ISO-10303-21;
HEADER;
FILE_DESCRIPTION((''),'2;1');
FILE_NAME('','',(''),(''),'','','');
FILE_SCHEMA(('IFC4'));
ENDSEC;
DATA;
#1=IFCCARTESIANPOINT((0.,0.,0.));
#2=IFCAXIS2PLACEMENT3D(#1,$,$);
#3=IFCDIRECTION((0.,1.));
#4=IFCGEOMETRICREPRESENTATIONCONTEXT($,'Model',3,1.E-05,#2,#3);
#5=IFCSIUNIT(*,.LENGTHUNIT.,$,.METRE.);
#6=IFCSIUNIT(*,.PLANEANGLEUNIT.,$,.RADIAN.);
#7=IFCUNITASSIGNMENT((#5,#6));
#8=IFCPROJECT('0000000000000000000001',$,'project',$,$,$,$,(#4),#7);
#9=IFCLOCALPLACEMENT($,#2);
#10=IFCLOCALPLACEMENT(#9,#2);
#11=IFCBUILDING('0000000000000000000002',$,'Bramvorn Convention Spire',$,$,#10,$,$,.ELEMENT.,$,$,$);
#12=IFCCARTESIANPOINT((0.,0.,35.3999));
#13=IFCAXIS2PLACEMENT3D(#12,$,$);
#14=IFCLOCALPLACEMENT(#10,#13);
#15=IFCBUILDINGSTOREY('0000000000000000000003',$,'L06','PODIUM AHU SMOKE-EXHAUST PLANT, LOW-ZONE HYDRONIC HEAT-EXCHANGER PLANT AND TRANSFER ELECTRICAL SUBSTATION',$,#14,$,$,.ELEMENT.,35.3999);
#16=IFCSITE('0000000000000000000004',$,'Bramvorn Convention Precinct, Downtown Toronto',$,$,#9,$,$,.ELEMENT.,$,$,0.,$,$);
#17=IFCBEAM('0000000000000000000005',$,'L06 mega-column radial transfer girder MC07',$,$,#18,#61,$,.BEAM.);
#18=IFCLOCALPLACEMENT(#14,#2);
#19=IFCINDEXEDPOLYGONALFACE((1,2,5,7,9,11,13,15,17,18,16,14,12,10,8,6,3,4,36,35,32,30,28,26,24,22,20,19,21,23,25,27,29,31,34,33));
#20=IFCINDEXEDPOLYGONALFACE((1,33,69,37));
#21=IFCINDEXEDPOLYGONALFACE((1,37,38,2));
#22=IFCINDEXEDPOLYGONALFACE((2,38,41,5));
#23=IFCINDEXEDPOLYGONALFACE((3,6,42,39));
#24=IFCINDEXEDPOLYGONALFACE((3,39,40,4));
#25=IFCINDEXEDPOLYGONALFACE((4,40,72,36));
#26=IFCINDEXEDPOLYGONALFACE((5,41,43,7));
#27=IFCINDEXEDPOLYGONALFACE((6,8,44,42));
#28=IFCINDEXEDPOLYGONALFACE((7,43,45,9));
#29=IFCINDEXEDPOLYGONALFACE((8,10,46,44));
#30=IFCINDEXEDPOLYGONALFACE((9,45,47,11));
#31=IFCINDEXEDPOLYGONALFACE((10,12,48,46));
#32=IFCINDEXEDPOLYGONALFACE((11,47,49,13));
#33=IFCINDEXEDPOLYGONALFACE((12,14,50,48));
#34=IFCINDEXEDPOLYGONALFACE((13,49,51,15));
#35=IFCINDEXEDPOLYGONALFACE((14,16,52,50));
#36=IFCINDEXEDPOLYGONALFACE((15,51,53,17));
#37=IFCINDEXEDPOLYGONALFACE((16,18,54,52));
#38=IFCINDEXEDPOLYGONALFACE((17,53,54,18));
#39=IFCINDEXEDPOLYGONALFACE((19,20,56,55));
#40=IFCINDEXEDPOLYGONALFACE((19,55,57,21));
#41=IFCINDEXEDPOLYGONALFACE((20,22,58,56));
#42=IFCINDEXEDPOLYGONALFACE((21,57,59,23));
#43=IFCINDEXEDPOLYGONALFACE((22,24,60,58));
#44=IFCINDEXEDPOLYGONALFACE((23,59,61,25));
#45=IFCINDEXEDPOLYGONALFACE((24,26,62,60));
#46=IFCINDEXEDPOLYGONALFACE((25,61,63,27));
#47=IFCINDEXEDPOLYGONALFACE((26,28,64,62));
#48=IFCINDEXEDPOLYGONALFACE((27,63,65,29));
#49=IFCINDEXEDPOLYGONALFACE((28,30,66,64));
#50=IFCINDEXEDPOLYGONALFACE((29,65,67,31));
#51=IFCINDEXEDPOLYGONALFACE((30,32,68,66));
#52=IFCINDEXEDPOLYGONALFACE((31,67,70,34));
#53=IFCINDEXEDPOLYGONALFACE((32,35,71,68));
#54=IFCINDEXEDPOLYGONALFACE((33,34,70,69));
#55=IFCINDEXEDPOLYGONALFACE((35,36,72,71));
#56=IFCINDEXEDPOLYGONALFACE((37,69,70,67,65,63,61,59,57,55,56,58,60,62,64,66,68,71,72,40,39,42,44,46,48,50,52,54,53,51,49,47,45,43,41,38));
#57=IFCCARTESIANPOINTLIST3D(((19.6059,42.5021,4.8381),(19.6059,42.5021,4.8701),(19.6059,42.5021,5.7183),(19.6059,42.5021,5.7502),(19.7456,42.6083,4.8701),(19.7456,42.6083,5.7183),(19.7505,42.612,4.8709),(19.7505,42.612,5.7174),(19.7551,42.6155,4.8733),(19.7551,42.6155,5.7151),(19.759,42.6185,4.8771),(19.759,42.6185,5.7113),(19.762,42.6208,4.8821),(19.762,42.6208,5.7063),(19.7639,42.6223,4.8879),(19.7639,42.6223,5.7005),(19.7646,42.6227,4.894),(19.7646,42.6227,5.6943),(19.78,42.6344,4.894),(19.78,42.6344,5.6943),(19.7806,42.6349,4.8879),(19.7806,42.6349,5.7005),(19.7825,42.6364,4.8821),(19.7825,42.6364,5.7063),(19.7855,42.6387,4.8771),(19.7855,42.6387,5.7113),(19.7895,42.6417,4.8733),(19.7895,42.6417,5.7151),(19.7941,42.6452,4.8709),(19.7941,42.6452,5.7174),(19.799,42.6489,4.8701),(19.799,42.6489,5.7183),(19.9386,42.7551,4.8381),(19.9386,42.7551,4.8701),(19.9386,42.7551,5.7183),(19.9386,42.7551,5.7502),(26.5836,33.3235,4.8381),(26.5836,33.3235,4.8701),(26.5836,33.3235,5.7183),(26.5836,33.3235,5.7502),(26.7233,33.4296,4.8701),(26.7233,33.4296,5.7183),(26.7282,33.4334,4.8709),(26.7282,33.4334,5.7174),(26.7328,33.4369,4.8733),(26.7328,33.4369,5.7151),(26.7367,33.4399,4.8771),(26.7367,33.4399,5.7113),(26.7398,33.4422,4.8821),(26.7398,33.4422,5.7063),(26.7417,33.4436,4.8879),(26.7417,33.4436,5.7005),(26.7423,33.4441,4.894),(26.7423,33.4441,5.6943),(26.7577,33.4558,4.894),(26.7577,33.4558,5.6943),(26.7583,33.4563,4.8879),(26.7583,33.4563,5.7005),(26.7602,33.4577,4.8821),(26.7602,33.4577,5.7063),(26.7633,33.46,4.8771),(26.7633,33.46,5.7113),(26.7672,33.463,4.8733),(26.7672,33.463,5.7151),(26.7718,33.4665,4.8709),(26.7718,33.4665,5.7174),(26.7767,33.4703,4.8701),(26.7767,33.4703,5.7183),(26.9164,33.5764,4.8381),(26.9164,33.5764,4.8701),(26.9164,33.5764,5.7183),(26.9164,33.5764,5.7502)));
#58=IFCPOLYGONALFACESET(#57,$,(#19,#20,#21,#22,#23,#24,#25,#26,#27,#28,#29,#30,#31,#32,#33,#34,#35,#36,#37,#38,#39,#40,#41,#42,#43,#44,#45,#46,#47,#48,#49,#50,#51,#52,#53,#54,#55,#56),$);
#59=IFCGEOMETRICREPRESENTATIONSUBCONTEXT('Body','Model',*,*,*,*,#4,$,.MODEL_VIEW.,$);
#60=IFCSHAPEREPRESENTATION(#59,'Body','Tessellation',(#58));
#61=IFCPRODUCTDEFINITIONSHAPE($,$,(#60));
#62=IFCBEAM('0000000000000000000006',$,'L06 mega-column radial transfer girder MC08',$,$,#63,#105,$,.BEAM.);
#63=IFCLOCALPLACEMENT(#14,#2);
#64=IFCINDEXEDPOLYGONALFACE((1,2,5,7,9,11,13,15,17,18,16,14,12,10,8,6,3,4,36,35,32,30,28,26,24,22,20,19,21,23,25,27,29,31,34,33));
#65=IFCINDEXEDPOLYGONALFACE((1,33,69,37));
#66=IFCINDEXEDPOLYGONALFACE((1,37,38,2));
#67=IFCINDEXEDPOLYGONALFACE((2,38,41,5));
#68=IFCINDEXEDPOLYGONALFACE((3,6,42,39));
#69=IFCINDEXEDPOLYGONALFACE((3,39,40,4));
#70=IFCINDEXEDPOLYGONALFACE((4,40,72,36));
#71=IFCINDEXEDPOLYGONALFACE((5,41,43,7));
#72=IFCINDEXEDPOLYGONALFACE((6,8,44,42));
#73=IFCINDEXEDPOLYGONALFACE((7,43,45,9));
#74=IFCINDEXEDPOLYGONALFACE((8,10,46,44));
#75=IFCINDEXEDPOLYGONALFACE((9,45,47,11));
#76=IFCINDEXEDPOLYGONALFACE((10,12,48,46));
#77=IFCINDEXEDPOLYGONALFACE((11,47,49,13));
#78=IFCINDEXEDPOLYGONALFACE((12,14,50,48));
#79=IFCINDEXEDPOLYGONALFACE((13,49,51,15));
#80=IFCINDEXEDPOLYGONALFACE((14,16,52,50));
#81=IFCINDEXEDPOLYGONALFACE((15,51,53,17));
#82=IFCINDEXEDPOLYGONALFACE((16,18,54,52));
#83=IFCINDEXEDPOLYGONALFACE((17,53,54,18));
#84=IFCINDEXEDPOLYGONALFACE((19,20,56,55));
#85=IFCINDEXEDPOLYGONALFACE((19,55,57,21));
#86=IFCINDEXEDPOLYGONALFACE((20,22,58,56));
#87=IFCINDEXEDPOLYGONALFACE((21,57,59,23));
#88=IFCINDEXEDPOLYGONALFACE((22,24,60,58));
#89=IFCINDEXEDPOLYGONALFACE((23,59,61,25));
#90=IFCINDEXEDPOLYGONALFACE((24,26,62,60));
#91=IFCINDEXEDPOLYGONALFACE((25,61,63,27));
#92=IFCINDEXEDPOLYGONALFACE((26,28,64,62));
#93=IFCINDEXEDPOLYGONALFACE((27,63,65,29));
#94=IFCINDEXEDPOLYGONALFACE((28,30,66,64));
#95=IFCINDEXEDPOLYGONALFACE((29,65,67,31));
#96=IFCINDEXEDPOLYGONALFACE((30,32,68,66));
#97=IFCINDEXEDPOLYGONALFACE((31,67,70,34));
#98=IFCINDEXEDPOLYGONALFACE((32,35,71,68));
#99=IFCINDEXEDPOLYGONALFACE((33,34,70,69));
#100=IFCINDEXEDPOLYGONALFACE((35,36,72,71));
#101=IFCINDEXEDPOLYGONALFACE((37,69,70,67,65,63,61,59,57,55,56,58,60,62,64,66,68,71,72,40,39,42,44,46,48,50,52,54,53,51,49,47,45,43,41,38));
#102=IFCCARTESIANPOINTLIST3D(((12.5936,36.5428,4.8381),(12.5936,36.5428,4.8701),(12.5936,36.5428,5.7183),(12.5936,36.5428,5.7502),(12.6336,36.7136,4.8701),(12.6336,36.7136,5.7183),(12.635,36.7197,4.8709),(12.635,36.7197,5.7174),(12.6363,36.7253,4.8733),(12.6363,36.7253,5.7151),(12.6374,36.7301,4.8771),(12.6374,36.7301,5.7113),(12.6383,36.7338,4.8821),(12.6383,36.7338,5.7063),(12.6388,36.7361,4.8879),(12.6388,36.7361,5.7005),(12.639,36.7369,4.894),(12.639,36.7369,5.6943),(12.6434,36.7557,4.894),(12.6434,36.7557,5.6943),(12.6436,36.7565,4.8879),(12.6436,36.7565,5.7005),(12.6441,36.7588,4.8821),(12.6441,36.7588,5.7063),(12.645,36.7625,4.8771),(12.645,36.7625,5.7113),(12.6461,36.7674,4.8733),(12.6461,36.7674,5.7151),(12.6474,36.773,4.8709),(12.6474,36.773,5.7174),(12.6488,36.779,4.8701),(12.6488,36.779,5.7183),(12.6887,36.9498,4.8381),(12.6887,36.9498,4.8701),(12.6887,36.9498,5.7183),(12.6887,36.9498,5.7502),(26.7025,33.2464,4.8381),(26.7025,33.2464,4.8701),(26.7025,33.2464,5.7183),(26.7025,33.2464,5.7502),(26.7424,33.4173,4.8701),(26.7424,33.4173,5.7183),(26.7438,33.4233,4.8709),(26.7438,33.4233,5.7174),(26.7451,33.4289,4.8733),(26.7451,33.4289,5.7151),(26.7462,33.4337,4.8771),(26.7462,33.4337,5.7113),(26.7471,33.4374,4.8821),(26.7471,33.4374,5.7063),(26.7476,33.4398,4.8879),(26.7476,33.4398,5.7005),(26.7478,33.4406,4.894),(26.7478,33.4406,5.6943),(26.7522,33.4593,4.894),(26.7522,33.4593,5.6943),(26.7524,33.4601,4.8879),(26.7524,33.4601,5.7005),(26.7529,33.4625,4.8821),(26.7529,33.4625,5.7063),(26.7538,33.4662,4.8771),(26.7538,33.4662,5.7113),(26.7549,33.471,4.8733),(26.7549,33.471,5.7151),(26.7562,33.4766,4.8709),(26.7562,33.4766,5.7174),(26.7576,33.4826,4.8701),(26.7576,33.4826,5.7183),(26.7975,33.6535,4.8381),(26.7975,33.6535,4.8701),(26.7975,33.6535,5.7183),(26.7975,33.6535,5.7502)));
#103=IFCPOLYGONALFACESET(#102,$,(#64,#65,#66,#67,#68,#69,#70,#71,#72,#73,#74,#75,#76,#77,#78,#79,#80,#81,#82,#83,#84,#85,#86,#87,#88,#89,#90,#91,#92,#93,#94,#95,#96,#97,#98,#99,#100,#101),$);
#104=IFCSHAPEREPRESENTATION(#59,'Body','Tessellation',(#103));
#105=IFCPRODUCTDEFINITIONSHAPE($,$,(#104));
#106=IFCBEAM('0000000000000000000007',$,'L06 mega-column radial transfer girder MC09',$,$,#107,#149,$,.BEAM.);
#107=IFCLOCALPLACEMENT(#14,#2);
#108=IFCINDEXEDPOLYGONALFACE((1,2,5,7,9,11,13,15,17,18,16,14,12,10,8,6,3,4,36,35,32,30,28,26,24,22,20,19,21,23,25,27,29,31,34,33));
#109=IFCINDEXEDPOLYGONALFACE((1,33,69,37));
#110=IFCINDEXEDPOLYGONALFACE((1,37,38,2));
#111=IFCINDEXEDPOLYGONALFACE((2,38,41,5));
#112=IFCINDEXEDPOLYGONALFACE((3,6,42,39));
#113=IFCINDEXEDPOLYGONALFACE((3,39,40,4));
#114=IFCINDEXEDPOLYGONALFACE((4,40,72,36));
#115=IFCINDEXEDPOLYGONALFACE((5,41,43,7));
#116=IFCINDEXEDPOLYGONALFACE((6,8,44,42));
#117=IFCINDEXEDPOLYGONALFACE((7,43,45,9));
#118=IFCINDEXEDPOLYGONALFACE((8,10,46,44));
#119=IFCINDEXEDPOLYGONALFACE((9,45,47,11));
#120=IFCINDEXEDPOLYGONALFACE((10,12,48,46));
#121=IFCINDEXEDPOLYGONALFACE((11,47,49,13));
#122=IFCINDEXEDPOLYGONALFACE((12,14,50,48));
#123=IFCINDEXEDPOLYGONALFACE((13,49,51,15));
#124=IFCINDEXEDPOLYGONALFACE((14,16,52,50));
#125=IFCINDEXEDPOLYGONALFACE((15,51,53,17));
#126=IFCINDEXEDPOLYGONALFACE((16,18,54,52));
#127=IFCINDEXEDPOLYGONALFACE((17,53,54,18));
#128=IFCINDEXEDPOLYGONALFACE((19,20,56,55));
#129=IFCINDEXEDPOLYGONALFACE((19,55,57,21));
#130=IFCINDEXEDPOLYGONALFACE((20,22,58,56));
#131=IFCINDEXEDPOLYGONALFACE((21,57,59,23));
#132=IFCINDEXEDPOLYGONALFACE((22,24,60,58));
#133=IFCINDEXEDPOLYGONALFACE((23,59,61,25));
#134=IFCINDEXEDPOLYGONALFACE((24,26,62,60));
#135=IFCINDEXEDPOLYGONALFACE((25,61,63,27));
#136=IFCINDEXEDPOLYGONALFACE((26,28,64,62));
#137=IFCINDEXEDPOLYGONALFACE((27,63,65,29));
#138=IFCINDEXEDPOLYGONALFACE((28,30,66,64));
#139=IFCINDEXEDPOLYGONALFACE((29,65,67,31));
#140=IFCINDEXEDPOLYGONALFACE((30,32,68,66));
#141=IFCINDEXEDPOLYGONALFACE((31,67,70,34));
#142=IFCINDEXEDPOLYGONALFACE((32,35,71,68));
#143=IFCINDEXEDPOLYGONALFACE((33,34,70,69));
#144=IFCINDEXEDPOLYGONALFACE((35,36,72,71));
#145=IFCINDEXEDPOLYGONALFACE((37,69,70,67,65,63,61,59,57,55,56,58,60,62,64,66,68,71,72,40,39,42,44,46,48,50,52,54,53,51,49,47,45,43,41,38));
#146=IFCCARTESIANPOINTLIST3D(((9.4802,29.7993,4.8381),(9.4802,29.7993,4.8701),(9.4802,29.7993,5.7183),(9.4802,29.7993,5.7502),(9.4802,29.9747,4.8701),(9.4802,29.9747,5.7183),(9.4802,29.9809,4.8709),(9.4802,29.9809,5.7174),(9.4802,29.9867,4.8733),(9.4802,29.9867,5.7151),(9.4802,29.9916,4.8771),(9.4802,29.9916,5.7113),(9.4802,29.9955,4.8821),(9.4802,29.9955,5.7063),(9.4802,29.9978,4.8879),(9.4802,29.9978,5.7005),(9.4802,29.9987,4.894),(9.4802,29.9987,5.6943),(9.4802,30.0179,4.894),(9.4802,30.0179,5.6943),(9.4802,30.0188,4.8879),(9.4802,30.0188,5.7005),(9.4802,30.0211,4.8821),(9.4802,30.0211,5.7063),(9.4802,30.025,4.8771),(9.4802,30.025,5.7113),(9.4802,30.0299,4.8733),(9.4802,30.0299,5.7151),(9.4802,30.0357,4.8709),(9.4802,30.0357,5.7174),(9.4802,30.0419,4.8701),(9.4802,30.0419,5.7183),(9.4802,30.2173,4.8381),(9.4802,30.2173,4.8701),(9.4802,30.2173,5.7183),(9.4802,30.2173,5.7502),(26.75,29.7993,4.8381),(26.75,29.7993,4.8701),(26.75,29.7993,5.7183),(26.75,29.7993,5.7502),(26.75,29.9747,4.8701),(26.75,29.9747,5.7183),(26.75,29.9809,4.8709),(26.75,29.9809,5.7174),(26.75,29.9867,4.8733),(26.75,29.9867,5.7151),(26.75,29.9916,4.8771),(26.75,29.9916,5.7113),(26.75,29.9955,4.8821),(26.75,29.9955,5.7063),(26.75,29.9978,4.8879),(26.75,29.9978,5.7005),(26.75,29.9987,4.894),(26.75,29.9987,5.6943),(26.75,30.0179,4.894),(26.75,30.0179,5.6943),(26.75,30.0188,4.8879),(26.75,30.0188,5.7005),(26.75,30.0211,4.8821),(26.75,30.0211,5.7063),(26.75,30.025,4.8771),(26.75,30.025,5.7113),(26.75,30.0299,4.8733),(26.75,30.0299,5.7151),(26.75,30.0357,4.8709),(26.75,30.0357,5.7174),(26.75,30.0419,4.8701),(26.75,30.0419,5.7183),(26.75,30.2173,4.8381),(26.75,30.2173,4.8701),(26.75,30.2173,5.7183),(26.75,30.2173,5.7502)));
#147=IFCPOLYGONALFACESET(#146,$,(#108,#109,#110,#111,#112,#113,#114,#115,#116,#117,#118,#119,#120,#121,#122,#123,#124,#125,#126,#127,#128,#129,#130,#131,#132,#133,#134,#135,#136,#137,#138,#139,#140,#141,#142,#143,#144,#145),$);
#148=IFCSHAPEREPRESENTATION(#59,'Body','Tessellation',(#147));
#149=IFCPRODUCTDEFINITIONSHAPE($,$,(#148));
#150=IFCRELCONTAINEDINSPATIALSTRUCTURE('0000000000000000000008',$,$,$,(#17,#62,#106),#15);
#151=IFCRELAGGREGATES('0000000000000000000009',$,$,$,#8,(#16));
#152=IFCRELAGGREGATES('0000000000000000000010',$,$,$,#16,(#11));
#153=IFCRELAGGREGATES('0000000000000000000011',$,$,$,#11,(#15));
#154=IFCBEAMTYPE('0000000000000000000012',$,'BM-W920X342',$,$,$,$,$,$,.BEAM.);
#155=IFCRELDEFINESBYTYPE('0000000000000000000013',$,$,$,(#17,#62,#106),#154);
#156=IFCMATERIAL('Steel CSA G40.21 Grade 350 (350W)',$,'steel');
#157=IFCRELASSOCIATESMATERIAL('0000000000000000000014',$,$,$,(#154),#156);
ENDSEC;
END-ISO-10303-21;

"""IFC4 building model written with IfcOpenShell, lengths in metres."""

from ifc_helpers import new_model, si_unit, direction, frame, origin, origin_2d, place, context, subcontext, project, spatial, i_section, extrude, material, material_profile, profile_set, type_object, element, save


model = new_model("IFC4")

# Units and contexts
model_context = context("Model", 3, precision=1e-05, world=origin(), true_north=direction((0.0, 1.0)))
body_context = subcontext(model_context, "Body", "Model", "MODEL_VIEW")
ifc_project = project(units=[si_unit("LENGTHUNIT", "METRE"), si_unit("PLANEANGLEUNIT", "RADIAN")], contexts=[model_context])

# Site, building, storey
site_placement = place(None, origin())
site = spatial("IfcSite", under=ifc_project, at=site_placement, Name="Bramvorn Convention Precinct, Downtown Toronto", CompositionType="ELEMENT", RefElevation=0.0)
building_placement = place(site_placement, origin())
building = spatial("IfcBuilding", under=site, at=building_placement, Name="Bramvorn Convention Spire", CompositionType="ELEMENT")
storey_placement = place(building_placement, frame((0.0, 0.0, 35.3999)))
storey = spatial("IfcBuildingStorey", under=building, at=storey_placement, Name="L06", Description="PODIUM AHU SMOKE-EXHAUST PLANT, LOW-ZONE HYDRONIC HEAT-EXCHANGER PLANT AND TRANSFER ELECTRICAL SUBSTATION", CompositionType="ELEMENT", Elevation=35.3999)

# Beams
ifc_material_1 = material(Name="Steel CSA G40.21 Grade 350 (350W)", Category="steel")
ifc_material_profile_1 = material_profile(ifc_material_1, i_section(OverallWidth=0.418, OverallDepth=0.9121, WebThickness=0.0193, FlangeThickness=0.032, FilletRadius=0.0239, at=origin_2d()))
ifc_profile_set_1 = profile_set([ifc_material_profile_1], Name="Steel CSA G40.21 Grade 350 (350W) - W920X342")
beam_type = type_object("IfcBeamType", Name="BM-W920X342", PredefinedType="BEAM", material=ifc_profile_set_1)
beam_1_placement = place(storey_placement, frame((26.75, 33.45, 5.2942), z_axis=(-0.605191, 0.79608, 0.0), x_axis=(-0.79608, -0.605191, 0.0)))
element("IfcBeam", 1, at=beam_1_placement, inside=storey, type_object=beam_type, Name="L06 mega-column radial transfer girder MC07", PredefinedType="BEAM", context=body_context, shape_type="SweptSolid", body=[
    extrude(i_section(OverallWidth=0.418, OverallDepth=0.9121, WebThickness=0.0193, FlangeThickness=0.032, FilletRadius=0.0239, at=origin_2d()), origin(), (0.0, 0.0, 1.0), 11.5298),
])
beam_2_placement = place(storey_placement, frame((26.75, 33.45, 5.2942), z_axis=(-0.973775, 0.227512, 0.0), x_axis=(-0.227512, -0.973775, 0.0)))
element("IfcBeam", 2, at=beam_2_placement, inside=storey, type_object=beam_type, Name="L06 mega-column radial transfer girder MC08", PredefinedType="BEAM", context=body_context, shape_type="SweptSolid", body=[
    extrude(i_section(OverallWidth=0.418, OverallDepth=0.9121, WebThickness=0.0193, FlangeThickness=0.032, FilletRadius=0.0239, at=origin_2d()), origin(), (0.0, 0.0, 1.0), 14.4888),
])
beam_3_placement = place(storey_placement, frame((26.75, 30.0083, 5.2942), z_axis=(-1.0, 0.0, 0.0), x_axis=(0.0, -1.0, 0.0)))
element("IfcBeam", 3, at=beam_3_placement, inside=storey, type_object=beam_type, Name="L06 mega-column radial transfer girder MC09", PredefinedType="BEAM", context=body_context, shape_type="SweptSolid", body=[
    extrude(i_section(OverallWidth=0.418, OverallDepth=0.9121, WebThickness=0.0193, FlangeThickness=0.032, FilletRadius=0.0239, at=origin_2d()), origin(), (0.0, 0.0, 1.0), 17.2698),
])

save(model, "model.ifc")
